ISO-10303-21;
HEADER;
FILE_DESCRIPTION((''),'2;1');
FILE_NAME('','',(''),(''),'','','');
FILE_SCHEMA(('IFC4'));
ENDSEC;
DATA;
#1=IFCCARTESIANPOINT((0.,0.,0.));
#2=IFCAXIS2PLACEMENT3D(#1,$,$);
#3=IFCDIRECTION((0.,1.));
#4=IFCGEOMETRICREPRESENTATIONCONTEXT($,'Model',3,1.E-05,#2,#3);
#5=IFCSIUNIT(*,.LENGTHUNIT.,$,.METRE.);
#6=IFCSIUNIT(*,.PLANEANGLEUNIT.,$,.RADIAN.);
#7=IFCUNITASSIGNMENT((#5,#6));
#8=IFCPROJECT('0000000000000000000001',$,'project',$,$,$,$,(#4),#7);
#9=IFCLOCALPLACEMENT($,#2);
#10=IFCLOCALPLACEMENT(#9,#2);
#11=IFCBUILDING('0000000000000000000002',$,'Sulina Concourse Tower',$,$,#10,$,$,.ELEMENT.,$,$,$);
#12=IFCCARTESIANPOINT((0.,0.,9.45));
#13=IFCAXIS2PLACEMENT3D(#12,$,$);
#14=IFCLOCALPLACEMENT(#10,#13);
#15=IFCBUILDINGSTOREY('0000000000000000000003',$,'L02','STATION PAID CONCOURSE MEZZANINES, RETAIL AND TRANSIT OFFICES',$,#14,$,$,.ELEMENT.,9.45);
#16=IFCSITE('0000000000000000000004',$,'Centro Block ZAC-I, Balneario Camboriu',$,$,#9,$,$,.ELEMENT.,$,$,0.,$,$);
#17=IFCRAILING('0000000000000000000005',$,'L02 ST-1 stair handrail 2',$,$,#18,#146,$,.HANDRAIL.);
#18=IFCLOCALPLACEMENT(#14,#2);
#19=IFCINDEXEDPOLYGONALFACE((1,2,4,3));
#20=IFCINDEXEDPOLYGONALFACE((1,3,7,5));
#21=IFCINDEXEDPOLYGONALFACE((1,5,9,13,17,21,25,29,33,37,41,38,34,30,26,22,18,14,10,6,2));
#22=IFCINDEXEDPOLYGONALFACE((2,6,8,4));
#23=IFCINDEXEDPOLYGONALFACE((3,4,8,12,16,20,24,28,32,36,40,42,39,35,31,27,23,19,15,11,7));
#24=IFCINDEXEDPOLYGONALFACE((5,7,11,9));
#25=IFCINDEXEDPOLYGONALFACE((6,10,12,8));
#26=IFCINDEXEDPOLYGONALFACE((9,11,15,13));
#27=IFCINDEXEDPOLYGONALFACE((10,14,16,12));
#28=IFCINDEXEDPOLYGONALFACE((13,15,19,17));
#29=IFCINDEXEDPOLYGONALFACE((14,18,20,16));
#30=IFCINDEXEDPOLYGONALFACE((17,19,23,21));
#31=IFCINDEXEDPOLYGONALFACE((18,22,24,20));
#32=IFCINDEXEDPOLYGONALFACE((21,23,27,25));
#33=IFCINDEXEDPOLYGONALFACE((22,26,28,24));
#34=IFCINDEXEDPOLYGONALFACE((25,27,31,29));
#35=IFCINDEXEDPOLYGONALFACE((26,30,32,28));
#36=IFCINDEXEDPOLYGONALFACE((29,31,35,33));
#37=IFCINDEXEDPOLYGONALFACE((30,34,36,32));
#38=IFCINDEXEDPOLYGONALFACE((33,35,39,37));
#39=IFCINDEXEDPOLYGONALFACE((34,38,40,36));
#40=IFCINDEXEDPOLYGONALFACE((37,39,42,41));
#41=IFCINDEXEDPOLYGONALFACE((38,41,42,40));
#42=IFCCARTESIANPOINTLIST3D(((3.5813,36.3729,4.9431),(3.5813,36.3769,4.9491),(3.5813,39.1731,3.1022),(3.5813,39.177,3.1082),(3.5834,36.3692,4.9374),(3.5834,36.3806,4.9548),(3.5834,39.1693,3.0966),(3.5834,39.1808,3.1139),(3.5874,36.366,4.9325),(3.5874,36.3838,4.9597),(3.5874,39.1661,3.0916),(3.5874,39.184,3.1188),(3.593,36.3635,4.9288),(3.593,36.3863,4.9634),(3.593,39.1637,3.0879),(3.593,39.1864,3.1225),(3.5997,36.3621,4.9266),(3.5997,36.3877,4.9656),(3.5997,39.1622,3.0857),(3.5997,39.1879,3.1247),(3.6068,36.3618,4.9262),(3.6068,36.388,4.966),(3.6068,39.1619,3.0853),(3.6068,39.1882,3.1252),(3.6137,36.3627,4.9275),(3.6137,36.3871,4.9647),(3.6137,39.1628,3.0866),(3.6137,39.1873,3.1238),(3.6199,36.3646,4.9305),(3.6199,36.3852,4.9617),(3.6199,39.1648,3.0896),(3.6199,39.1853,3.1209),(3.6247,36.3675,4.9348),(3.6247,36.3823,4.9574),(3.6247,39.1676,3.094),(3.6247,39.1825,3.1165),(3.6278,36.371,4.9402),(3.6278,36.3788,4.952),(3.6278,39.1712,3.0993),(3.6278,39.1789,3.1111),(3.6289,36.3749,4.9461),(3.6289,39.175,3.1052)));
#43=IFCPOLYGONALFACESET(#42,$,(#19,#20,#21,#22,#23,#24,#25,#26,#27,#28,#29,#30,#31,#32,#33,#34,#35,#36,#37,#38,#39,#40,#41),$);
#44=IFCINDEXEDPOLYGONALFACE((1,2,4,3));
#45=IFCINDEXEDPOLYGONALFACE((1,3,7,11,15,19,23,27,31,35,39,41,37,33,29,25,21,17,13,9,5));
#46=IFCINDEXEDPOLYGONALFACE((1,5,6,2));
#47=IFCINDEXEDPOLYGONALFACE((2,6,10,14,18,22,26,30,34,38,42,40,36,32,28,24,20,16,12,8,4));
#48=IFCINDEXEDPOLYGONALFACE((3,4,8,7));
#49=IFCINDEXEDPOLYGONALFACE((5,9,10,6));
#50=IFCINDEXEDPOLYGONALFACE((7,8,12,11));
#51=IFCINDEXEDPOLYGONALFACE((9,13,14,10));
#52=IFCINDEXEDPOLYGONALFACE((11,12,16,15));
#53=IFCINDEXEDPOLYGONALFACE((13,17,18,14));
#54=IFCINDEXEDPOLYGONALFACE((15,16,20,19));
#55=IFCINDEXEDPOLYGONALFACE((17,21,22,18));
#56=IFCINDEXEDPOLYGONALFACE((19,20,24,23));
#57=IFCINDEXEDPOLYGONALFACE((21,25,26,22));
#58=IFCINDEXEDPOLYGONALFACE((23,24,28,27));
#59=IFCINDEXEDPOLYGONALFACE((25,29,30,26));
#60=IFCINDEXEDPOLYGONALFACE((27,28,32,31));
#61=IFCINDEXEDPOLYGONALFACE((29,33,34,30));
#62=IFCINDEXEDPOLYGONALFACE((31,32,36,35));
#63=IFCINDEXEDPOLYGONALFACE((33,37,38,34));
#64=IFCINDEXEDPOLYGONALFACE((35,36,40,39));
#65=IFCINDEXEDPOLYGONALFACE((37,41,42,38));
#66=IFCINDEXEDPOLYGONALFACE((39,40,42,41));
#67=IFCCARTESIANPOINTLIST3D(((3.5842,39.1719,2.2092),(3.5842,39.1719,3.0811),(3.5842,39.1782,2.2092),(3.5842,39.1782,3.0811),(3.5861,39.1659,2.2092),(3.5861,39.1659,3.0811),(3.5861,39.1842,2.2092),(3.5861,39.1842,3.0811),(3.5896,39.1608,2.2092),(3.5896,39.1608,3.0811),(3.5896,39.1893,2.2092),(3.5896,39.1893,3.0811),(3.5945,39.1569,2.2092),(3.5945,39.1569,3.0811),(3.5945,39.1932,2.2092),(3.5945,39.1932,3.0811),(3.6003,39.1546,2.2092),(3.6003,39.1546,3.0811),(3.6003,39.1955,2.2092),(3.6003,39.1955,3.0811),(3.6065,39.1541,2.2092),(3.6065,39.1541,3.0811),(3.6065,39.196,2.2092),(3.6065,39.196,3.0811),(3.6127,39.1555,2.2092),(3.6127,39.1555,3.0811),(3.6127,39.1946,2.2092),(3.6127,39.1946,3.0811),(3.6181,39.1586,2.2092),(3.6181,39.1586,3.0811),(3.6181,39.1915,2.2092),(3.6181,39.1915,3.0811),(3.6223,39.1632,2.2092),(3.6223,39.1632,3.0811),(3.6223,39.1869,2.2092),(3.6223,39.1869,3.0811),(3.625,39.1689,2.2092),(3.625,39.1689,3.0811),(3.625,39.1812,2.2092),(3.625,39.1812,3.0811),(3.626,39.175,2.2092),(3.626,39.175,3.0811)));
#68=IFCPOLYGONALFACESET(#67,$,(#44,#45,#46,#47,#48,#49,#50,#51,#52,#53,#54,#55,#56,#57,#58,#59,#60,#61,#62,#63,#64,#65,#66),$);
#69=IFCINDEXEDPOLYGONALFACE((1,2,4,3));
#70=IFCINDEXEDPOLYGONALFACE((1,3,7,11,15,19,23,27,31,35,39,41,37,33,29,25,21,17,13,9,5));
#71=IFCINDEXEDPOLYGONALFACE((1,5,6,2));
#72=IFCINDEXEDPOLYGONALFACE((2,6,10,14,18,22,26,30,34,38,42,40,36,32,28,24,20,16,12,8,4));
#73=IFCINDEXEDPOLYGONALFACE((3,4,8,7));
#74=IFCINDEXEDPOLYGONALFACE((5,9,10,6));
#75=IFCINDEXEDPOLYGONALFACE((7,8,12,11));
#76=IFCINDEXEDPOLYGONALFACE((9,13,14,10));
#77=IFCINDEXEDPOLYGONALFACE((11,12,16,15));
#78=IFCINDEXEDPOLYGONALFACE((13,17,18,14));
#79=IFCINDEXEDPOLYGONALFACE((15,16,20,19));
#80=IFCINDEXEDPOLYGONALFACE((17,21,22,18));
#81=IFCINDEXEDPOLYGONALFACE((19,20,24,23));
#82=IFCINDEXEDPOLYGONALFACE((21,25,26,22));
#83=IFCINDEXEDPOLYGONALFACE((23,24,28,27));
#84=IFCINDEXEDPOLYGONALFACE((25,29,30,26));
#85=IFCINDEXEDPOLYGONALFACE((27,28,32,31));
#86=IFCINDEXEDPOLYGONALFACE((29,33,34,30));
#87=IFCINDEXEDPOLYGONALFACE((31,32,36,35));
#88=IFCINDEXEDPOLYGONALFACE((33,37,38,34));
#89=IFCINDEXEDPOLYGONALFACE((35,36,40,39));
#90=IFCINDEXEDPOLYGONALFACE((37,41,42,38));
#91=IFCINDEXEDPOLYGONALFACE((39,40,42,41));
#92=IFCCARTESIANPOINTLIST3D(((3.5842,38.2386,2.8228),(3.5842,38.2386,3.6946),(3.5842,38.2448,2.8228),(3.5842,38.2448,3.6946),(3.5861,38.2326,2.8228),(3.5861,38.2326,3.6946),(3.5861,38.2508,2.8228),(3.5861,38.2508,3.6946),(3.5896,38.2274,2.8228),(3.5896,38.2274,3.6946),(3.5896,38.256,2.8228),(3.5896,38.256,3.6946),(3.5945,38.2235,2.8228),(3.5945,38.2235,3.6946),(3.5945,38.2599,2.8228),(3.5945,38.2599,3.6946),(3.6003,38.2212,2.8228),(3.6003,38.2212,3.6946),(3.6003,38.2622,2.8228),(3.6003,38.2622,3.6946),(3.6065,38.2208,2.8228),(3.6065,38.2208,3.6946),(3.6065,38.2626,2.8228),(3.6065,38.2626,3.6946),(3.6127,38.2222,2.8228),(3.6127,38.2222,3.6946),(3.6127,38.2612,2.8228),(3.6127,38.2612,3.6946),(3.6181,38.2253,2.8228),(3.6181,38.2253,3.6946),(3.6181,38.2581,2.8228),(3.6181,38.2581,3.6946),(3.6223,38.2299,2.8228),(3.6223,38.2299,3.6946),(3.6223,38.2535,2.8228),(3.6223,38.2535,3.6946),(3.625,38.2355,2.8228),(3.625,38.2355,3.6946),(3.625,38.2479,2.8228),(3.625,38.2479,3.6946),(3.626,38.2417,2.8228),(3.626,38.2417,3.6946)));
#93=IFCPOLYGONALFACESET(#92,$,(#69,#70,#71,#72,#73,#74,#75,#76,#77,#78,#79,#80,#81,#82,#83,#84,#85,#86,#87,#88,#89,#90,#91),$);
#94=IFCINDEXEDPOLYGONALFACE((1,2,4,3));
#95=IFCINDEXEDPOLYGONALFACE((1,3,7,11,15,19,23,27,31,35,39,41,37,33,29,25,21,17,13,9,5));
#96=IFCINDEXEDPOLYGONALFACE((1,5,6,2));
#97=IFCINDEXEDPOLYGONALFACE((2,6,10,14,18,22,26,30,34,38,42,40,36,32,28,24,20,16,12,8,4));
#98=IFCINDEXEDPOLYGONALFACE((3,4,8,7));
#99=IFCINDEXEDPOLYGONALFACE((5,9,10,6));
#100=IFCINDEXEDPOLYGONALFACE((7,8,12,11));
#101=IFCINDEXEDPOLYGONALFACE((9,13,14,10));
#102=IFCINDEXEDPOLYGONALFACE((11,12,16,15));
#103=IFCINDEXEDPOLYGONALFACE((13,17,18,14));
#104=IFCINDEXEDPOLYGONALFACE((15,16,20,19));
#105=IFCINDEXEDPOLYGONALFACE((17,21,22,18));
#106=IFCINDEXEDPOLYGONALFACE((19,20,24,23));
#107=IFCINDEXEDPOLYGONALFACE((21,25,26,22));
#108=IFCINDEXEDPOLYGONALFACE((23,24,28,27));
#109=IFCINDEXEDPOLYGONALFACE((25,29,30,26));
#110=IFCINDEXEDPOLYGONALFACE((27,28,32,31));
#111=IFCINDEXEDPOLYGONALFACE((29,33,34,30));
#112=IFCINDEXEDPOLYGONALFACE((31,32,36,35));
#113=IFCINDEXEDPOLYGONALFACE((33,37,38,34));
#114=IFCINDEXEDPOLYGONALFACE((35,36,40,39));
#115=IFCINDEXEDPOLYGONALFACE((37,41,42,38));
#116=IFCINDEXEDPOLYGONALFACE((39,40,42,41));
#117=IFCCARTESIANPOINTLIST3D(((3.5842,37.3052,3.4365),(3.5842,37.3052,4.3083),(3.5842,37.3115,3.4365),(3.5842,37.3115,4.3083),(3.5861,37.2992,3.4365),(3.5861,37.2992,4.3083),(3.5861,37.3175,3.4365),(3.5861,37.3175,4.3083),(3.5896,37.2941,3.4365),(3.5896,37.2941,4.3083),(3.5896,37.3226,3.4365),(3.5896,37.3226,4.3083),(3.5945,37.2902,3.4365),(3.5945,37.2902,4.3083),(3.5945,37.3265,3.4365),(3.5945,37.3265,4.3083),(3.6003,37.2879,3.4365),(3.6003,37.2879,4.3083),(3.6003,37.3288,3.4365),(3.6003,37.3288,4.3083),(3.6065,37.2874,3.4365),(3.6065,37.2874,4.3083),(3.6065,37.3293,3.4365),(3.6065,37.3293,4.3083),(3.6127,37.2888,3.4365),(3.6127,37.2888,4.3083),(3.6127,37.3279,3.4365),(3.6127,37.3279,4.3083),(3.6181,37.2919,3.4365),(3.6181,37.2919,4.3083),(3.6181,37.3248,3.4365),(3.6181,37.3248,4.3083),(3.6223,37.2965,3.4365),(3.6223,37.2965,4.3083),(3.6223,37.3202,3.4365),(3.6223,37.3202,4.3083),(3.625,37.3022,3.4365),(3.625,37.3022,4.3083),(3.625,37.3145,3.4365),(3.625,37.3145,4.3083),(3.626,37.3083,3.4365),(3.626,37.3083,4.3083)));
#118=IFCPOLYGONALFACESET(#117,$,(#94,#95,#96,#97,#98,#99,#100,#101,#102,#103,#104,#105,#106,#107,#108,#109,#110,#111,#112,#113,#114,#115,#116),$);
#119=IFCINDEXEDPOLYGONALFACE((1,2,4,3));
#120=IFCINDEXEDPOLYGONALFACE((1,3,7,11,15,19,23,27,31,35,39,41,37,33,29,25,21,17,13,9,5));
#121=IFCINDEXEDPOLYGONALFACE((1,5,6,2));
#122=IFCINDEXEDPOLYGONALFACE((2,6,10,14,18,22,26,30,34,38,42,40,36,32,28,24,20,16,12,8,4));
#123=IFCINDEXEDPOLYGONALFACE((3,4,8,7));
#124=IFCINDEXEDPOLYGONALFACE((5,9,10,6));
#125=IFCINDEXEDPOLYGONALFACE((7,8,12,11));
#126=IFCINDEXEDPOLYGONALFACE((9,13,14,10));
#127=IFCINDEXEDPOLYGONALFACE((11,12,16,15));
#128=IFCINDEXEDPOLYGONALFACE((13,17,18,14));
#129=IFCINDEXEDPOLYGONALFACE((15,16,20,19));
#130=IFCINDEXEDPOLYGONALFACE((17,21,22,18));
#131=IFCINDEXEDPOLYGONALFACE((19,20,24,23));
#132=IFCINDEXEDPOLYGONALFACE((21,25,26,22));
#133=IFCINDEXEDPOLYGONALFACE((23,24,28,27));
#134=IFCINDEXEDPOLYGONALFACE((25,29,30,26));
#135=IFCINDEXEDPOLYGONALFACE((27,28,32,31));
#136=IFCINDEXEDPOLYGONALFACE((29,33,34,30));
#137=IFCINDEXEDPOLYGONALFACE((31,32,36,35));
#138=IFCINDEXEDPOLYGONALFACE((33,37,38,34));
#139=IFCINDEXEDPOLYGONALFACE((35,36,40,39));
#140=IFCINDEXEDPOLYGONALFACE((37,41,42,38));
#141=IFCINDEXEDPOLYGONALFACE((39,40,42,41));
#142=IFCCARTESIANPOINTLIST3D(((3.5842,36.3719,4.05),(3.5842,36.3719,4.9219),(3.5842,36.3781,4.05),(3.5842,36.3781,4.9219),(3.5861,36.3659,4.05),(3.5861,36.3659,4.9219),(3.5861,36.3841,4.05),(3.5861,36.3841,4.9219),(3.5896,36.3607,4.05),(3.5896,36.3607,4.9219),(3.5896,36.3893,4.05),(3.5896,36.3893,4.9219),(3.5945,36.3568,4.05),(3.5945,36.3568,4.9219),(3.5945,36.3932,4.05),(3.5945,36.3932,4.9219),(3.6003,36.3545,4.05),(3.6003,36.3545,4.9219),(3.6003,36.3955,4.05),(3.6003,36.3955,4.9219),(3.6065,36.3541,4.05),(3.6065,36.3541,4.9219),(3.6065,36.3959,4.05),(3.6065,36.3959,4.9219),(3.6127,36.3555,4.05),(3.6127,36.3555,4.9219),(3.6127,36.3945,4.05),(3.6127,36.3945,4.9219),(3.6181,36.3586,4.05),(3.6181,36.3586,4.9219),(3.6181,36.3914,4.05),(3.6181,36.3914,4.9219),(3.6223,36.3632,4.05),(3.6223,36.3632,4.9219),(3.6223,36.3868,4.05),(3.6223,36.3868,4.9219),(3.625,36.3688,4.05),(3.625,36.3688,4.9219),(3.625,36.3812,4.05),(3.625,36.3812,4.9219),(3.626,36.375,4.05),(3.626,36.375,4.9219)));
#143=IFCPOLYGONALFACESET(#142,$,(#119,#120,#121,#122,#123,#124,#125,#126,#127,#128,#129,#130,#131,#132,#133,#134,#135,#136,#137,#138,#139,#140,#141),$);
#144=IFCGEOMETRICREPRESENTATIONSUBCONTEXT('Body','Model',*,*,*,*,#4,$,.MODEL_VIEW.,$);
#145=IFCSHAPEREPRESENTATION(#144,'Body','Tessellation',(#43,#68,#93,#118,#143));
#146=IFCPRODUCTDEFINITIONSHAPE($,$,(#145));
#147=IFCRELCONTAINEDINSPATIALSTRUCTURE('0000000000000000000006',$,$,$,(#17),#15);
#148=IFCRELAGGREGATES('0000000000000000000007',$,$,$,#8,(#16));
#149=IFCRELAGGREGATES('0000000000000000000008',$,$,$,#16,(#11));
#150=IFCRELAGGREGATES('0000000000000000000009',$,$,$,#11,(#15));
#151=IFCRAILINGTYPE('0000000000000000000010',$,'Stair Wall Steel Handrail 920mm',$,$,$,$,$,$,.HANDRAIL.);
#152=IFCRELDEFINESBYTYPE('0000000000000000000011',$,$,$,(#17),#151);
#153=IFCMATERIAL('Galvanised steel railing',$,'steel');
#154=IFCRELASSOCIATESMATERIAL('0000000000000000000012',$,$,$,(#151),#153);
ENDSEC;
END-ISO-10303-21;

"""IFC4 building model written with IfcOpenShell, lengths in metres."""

from ifc_helpers import new_model, si_unit, direction, frame, origin, origin_2d, place, context, subcontext, project, spatial, circle, extrude, material, type_object, element, save


model = new_model("IFC4")

# Units and contexts
model_context = context("Model", 3, precision=1e-05, world=origin(), true_north=direction((0.0, 1.0)))
body_context = subcontext(model_context, "Body", "Model", "MODEL_VIEW")
ifc_project = project(units=[si_unit("LENGTHUNIT", "METRE"), si_unit("PLANEANGLEUNIT", "RADIAN")], contexts=[model_context])

# Site, building, storey
site_placement = place(None, origin())
site = spatial("IfcSite", under=ifc_project, at=site_placement, Name="Centro Block ZAC-I, Balneario Camboriu", CompositionType="ELEMENT", RefElevation=0.0)
building_placement = place(site_placement, origin())
building = spatial("IfcBuilding", under=site, at=building_placement, Name="Sulina Concourse Tower", CompositionType="ELEMENT")
storey_placement = place(building_placement, frame((0.0, 0.0, 9.45)))
storey = spatial("IfcBuildingStorey", under=building, at=storey_placement, Name="L02", Description="STATION PAID CONCOURSE MEZZANINES, RETAIL AND TRANSIT OFFICES", CompositionType="ELEMENT", Elevation=9.45)

# Railing
ifc_material_1 = material(Name="Galvanised steel railing", Category="steel")
railing_type_1 = type_object("IfcRailingType", Name="Stair Wall Steel Handrail 920mm", PredefinedType="HANDRAIL", material=ifc_material_1)
railing_1_placement = place(storey_placement, frame((3.605, 39.175, 2.2092)))
element("IfcRailing", 1, at=railing_1_placement, inside=storey, type_object=railing_type_1, Name="L02 ST-1 stair handrail 2", PredefinedType="HANDRAIL", context=body_context, shape_type="SweptSolid", body=[
    extrude(circle(Radius=0.0239, at=origin_2d()), frame((0.0, 0.0, 0.896), z_axis=(0.0, -0.835598, 0.549342), x_axis=(1.0, 0.0, 0.0)), (0.0, 0.0, 1.0), 3.3511),
    extrude(circle(Radius=0.021, at=origin_2d()), origin(), (0.0, 0.0, 1.0), 0.8718),
    extrude(circle(Radius=0.021, at=origin_2d()), frame((0.0, -0.9333, 0.6135)), (0.0, 0.0, 1.0), 0.8718),
    extrude(circle(Radius=0.021, at=origin_2d()), frame((0.0, -1.8667, 1.2273)), (0.0, 0.0, 1.0), 0.8718),
    extrude(circle(Radius=0.021, at=origin_2d()), frame((0.0, -2.8, 1.8408)), (0.0, 0.0, 1.0), 0.8718),
])

save(model, "model.ifc")
